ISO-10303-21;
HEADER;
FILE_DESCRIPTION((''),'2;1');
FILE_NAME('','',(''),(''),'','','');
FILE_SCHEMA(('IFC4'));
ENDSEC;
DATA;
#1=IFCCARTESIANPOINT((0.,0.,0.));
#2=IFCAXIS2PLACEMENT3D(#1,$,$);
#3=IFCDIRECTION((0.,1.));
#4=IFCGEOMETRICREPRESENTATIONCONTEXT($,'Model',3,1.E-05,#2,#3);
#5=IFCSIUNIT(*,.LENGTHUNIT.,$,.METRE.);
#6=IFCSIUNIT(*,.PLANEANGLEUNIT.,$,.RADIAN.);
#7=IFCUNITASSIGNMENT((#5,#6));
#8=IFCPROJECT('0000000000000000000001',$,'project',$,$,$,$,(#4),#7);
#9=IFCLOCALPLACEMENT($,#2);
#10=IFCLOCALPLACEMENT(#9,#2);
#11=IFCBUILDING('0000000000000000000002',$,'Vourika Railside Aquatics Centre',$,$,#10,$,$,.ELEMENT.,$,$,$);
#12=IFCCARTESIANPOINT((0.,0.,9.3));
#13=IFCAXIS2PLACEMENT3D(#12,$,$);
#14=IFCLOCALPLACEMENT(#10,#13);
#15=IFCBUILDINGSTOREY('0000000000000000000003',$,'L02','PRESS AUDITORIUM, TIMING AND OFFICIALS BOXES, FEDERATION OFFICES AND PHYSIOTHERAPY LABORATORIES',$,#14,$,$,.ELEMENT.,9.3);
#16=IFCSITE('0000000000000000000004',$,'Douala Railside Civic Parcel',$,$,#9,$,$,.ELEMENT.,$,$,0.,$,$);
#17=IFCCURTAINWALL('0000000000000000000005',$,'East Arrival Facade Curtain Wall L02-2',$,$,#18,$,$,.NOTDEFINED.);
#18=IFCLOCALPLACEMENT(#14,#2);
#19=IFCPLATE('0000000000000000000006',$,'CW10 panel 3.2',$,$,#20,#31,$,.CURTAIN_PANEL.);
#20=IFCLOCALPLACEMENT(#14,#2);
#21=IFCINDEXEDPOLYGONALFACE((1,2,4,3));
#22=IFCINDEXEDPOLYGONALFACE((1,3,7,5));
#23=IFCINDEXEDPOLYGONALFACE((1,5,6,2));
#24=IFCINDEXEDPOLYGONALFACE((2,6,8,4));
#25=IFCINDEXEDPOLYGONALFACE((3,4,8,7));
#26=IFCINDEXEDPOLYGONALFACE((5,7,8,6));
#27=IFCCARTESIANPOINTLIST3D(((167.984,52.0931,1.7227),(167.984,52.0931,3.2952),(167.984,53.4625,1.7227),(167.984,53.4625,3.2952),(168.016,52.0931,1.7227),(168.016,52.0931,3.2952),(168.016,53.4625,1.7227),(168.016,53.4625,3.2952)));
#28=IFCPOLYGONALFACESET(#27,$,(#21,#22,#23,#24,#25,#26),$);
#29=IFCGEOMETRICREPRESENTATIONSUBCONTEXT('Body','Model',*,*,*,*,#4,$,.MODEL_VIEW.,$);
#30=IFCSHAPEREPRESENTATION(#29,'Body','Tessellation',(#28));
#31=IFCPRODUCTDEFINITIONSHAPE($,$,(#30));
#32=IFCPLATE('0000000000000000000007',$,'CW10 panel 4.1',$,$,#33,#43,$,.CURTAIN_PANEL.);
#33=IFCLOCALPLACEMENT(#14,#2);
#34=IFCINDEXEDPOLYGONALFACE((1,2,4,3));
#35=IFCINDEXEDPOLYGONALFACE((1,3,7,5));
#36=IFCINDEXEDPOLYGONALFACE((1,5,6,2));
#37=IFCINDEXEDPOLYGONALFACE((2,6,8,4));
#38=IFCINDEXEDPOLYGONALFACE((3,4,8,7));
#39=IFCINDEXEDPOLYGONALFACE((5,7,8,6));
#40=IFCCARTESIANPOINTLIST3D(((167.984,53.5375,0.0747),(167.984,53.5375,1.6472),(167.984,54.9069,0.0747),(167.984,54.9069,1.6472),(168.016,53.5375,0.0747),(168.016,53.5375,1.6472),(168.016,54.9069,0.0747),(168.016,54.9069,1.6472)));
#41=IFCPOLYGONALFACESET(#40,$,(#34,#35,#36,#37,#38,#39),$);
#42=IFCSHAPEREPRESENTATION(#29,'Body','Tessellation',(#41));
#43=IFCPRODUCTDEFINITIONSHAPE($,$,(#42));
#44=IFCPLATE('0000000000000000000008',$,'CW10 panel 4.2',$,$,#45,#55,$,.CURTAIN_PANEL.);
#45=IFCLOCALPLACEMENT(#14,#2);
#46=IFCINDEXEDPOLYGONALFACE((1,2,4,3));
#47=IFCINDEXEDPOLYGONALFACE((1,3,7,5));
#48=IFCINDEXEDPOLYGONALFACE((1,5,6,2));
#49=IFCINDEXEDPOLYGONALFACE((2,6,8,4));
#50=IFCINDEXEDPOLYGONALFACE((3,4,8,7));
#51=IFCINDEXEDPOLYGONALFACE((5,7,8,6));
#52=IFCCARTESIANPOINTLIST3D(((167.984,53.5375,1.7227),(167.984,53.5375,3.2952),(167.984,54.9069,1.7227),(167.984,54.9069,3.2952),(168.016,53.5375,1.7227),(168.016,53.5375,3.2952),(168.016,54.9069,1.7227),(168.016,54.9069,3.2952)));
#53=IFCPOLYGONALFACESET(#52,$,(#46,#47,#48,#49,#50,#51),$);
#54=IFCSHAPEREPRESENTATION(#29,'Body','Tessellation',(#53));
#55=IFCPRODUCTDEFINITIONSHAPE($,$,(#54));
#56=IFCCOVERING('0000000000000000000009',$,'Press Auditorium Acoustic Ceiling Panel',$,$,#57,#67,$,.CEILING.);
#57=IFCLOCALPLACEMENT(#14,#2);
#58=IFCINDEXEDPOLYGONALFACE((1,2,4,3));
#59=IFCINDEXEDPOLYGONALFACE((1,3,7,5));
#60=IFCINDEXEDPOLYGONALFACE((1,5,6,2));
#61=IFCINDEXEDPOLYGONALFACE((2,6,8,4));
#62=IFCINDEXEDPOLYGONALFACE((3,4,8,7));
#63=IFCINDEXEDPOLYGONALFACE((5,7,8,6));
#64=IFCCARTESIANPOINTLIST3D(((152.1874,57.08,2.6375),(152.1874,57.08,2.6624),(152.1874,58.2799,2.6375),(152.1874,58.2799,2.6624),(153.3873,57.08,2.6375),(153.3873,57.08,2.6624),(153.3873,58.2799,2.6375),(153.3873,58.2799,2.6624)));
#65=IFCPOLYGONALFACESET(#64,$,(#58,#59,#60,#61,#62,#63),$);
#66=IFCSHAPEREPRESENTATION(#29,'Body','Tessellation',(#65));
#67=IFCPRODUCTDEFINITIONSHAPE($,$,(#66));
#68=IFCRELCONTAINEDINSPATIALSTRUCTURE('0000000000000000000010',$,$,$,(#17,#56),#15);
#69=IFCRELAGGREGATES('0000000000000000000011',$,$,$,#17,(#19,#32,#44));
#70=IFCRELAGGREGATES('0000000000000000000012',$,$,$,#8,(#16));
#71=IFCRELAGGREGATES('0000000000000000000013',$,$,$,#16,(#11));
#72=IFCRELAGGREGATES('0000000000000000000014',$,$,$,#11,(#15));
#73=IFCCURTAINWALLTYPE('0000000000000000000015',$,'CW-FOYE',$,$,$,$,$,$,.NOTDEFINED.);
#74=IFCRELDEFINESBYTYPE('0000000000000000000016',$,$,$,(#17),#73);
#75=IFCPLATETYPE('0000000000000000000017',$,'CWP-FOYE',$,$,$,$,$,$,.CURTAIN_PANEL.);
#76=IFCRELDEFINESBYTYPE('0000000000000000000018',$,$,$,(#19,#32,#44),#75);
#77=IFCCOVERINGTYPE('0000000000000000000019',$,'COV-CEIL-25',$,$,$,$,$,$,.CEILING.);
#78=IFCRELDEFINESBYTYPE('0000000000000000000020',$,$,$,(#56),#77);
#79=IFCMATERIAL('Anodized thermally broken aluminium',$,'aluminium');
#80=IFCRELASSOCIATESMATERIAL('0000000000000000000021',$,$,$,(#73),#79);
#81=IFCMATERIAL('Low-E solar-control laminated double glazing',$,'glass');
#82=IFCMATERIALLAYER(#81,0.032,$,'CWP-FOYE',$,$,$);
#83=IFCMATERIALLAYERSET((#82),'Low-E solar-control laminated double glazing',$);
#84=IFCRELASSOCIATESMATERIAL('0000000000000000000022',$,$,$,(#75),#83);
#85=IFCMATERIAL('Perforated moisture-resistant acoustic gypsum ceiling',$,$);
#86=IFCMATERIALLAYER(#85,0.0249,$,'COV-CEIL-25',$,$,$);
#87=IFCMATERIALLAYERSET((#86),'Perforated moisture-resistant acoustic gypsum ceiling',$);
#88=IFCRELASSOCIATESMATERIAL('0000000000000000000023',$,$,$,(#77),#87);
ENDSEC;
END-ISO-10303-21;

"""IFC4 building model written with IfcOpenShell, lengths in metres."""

from ifc_helpers import new_model, si_unit, direction, frame, origin, origin_2d, place, context, subcontext, project, spatial, rectangle, extrude, material, layer, layer_set, type_object, element, aggregate, save


model = new_model("IFC4")

# Units and contexts
model_context = context("Model", 3, precision=1e-05, world=origin(), true_north=direction((0.0, 1.0)))
body_context = subcontext(model_context, "Body", "Model", "MODEL_VIEW")
ifc_project = project(units=[si_unit("LENGTHUNIT", "METRE"), si_unit("PLANEANGLEUNIT", "RADIAN")], contexts=[model_context])

# Site, building, storey
site_placement = place(None, origin())
site = spatial("IfcSite", under=ifc_project, at=site_placement, Name="Douala Railside Civic Parcel", CompositionType="ELEMENT", RefElevation=0.0)
building_placement = place(site_placement, origin())
building = spatial("IfcBuilding", under=site, at=building_placement, Name="Vourika Railside Aquatics Centre", CompositionType="ELEMENT")
storey_placement = place(building_placement, frame((0.0, 0.0, 9.3)))
storey = spatial("IfcBuildingStorey", under=building, at=storey_placement, Name="L02", Description="PRESS AUDITORIUM, TIMING AND OFFICIALS BOXES, FEDERATION OFFICES AND PHYSIOTHERAPY LABORATORIES", CompositionType="ELEMENT", Elevation=9.3)

# Curtain wall, plates
ifc_material_1 = material(Name="Anodized thermally broken aluminium", Category="aluminium")
curtain_wall_type = type_object("IfcCurtainWallType", Name="CW-FOYE", PredefinedType="NOTDEFINED", material=ifc_material_1)
curtain_wall_placement = place(storey_placement, origin())
curtain_wall = element("IfcCurtainWall", 1, at=curtain_wall_placement, inside=storey, type_object=curtain_wall_type, Name="East Arrival Facade Curtain Wall L02-2", PredefinedType="NOTDEFINED")
ifc_material_2 = material(Name="Low-E solar-control laminated double glazing", Category="glass")
ifc_layer_1 = layer(ifc_material_2, 0.032, Name="CWP-FOYE")
ifc_layer_set_1 = layer_set([ifc_layer_1], Name="Low-E solar-control laminated double glazing")
plate_type = type_object("IfcPlateType", Name="CWP-FOYE", PredefinedType="CURTAIN_PANEL", material=ifc_layer_set_1)
plate_1_placement = place(storey_placement, frame((168.0, 52.7778, 1.7227), z_axis=(0.0, 0.0, 1.0), x_axis=(0.0, 1.0, 0.0)))
plate_1 = element("IfcPlate", 2, at=plate_1_placement, type_object=plate_type, Name="CW10 panel 3.2", PredefinedType="CURTAIN_PANEL", context=body_context, shape_type="SweptSolid", body=[
    extrude(rectangle(XDim=1.3694, YDim=0.032, at=origin_2d()), origin(), (0.0, 0.0, 1.0), 1.5725),
])
plate_2_placement = place(storey_placement, frame((168.0, 54.2222, 0.0747), z_axis=(0.0, 0.0, 1.0), x_axis=(0.0, 1.0, 0.0)))
plate_2 = element("IfcPlate", 3, at=plate_2_placement, type_object=plate_type, Name="CW10 panel 4.1", PredefinedType="CURTAIN_PANEL", context=body_context, shape_type="SweptSolid", body=[
    extrude(rectangle(XDim=1.3694, YDim=0.032, at=origin_2d()), origin(), (0.0, 0.0, 1.0), 1.5725),
])
plate_3_placement = place(storey_placement, frame((168.0, 54.2222, 1.7227), z_axis=(0.0, 0.0, 1.0), x_axis=(0.0, 1.0, 0.0)))
plate_3 = element("IfcPlate", 4, at=plate_3_placement, type_object=plate_type, Name="CW10 panel 4.2", PredefinedType="CURTAIN_PANEL", context=body_context, shape_type="SweptSolid", body=[
    extrude(rectangle(XDim=1.3694, YDim=0.032, at=origin_2d()), origin(), (0.0, 0.0, 1.0), 1.5725),
])
aggregate(curtain_wall, [plate_1, plate_2, plate_3])

# Covering
ifc_material_3 = material(Name="Perforated moisture-resistant acoustic gypsum ceiling")
ifc_layer_2 = layer(ifc_material_3, 0.0249, Name="COV-CEIL-25")
ifc_layer_set_2 = layer_set([ifc_layer_2], Name="Perforated moisture-resistant acoustic gypsum ceiling")
covering_type = type_object("IfcCoveringType", Name="COV-CEIL-25", PredefinedType="CEILING", material=ifc_layer_set_2)
covering_placement = place(storey_placement, frame((152.7874, 57.6799, 2.6375), z_axis=(0.0, 0.0, 1.0), x_axis=(1.0, 0.0, 0.0)))
element("IfcCovering", 5, at=covering_placement, inside=storey, type_object=covering_type, Name="Press Auditorium Acoustic Ceiling Panel", PredefinedType="CEILING", context=body_context, shape_type="SweptSolid", body=[
    extrude(rectangle(XDim=1.2, YDim=1.2, at=origin_2d()), origin(), (0.0, 0.0, 1.0), 0.0249),
])

save(model, "model.ifc")
